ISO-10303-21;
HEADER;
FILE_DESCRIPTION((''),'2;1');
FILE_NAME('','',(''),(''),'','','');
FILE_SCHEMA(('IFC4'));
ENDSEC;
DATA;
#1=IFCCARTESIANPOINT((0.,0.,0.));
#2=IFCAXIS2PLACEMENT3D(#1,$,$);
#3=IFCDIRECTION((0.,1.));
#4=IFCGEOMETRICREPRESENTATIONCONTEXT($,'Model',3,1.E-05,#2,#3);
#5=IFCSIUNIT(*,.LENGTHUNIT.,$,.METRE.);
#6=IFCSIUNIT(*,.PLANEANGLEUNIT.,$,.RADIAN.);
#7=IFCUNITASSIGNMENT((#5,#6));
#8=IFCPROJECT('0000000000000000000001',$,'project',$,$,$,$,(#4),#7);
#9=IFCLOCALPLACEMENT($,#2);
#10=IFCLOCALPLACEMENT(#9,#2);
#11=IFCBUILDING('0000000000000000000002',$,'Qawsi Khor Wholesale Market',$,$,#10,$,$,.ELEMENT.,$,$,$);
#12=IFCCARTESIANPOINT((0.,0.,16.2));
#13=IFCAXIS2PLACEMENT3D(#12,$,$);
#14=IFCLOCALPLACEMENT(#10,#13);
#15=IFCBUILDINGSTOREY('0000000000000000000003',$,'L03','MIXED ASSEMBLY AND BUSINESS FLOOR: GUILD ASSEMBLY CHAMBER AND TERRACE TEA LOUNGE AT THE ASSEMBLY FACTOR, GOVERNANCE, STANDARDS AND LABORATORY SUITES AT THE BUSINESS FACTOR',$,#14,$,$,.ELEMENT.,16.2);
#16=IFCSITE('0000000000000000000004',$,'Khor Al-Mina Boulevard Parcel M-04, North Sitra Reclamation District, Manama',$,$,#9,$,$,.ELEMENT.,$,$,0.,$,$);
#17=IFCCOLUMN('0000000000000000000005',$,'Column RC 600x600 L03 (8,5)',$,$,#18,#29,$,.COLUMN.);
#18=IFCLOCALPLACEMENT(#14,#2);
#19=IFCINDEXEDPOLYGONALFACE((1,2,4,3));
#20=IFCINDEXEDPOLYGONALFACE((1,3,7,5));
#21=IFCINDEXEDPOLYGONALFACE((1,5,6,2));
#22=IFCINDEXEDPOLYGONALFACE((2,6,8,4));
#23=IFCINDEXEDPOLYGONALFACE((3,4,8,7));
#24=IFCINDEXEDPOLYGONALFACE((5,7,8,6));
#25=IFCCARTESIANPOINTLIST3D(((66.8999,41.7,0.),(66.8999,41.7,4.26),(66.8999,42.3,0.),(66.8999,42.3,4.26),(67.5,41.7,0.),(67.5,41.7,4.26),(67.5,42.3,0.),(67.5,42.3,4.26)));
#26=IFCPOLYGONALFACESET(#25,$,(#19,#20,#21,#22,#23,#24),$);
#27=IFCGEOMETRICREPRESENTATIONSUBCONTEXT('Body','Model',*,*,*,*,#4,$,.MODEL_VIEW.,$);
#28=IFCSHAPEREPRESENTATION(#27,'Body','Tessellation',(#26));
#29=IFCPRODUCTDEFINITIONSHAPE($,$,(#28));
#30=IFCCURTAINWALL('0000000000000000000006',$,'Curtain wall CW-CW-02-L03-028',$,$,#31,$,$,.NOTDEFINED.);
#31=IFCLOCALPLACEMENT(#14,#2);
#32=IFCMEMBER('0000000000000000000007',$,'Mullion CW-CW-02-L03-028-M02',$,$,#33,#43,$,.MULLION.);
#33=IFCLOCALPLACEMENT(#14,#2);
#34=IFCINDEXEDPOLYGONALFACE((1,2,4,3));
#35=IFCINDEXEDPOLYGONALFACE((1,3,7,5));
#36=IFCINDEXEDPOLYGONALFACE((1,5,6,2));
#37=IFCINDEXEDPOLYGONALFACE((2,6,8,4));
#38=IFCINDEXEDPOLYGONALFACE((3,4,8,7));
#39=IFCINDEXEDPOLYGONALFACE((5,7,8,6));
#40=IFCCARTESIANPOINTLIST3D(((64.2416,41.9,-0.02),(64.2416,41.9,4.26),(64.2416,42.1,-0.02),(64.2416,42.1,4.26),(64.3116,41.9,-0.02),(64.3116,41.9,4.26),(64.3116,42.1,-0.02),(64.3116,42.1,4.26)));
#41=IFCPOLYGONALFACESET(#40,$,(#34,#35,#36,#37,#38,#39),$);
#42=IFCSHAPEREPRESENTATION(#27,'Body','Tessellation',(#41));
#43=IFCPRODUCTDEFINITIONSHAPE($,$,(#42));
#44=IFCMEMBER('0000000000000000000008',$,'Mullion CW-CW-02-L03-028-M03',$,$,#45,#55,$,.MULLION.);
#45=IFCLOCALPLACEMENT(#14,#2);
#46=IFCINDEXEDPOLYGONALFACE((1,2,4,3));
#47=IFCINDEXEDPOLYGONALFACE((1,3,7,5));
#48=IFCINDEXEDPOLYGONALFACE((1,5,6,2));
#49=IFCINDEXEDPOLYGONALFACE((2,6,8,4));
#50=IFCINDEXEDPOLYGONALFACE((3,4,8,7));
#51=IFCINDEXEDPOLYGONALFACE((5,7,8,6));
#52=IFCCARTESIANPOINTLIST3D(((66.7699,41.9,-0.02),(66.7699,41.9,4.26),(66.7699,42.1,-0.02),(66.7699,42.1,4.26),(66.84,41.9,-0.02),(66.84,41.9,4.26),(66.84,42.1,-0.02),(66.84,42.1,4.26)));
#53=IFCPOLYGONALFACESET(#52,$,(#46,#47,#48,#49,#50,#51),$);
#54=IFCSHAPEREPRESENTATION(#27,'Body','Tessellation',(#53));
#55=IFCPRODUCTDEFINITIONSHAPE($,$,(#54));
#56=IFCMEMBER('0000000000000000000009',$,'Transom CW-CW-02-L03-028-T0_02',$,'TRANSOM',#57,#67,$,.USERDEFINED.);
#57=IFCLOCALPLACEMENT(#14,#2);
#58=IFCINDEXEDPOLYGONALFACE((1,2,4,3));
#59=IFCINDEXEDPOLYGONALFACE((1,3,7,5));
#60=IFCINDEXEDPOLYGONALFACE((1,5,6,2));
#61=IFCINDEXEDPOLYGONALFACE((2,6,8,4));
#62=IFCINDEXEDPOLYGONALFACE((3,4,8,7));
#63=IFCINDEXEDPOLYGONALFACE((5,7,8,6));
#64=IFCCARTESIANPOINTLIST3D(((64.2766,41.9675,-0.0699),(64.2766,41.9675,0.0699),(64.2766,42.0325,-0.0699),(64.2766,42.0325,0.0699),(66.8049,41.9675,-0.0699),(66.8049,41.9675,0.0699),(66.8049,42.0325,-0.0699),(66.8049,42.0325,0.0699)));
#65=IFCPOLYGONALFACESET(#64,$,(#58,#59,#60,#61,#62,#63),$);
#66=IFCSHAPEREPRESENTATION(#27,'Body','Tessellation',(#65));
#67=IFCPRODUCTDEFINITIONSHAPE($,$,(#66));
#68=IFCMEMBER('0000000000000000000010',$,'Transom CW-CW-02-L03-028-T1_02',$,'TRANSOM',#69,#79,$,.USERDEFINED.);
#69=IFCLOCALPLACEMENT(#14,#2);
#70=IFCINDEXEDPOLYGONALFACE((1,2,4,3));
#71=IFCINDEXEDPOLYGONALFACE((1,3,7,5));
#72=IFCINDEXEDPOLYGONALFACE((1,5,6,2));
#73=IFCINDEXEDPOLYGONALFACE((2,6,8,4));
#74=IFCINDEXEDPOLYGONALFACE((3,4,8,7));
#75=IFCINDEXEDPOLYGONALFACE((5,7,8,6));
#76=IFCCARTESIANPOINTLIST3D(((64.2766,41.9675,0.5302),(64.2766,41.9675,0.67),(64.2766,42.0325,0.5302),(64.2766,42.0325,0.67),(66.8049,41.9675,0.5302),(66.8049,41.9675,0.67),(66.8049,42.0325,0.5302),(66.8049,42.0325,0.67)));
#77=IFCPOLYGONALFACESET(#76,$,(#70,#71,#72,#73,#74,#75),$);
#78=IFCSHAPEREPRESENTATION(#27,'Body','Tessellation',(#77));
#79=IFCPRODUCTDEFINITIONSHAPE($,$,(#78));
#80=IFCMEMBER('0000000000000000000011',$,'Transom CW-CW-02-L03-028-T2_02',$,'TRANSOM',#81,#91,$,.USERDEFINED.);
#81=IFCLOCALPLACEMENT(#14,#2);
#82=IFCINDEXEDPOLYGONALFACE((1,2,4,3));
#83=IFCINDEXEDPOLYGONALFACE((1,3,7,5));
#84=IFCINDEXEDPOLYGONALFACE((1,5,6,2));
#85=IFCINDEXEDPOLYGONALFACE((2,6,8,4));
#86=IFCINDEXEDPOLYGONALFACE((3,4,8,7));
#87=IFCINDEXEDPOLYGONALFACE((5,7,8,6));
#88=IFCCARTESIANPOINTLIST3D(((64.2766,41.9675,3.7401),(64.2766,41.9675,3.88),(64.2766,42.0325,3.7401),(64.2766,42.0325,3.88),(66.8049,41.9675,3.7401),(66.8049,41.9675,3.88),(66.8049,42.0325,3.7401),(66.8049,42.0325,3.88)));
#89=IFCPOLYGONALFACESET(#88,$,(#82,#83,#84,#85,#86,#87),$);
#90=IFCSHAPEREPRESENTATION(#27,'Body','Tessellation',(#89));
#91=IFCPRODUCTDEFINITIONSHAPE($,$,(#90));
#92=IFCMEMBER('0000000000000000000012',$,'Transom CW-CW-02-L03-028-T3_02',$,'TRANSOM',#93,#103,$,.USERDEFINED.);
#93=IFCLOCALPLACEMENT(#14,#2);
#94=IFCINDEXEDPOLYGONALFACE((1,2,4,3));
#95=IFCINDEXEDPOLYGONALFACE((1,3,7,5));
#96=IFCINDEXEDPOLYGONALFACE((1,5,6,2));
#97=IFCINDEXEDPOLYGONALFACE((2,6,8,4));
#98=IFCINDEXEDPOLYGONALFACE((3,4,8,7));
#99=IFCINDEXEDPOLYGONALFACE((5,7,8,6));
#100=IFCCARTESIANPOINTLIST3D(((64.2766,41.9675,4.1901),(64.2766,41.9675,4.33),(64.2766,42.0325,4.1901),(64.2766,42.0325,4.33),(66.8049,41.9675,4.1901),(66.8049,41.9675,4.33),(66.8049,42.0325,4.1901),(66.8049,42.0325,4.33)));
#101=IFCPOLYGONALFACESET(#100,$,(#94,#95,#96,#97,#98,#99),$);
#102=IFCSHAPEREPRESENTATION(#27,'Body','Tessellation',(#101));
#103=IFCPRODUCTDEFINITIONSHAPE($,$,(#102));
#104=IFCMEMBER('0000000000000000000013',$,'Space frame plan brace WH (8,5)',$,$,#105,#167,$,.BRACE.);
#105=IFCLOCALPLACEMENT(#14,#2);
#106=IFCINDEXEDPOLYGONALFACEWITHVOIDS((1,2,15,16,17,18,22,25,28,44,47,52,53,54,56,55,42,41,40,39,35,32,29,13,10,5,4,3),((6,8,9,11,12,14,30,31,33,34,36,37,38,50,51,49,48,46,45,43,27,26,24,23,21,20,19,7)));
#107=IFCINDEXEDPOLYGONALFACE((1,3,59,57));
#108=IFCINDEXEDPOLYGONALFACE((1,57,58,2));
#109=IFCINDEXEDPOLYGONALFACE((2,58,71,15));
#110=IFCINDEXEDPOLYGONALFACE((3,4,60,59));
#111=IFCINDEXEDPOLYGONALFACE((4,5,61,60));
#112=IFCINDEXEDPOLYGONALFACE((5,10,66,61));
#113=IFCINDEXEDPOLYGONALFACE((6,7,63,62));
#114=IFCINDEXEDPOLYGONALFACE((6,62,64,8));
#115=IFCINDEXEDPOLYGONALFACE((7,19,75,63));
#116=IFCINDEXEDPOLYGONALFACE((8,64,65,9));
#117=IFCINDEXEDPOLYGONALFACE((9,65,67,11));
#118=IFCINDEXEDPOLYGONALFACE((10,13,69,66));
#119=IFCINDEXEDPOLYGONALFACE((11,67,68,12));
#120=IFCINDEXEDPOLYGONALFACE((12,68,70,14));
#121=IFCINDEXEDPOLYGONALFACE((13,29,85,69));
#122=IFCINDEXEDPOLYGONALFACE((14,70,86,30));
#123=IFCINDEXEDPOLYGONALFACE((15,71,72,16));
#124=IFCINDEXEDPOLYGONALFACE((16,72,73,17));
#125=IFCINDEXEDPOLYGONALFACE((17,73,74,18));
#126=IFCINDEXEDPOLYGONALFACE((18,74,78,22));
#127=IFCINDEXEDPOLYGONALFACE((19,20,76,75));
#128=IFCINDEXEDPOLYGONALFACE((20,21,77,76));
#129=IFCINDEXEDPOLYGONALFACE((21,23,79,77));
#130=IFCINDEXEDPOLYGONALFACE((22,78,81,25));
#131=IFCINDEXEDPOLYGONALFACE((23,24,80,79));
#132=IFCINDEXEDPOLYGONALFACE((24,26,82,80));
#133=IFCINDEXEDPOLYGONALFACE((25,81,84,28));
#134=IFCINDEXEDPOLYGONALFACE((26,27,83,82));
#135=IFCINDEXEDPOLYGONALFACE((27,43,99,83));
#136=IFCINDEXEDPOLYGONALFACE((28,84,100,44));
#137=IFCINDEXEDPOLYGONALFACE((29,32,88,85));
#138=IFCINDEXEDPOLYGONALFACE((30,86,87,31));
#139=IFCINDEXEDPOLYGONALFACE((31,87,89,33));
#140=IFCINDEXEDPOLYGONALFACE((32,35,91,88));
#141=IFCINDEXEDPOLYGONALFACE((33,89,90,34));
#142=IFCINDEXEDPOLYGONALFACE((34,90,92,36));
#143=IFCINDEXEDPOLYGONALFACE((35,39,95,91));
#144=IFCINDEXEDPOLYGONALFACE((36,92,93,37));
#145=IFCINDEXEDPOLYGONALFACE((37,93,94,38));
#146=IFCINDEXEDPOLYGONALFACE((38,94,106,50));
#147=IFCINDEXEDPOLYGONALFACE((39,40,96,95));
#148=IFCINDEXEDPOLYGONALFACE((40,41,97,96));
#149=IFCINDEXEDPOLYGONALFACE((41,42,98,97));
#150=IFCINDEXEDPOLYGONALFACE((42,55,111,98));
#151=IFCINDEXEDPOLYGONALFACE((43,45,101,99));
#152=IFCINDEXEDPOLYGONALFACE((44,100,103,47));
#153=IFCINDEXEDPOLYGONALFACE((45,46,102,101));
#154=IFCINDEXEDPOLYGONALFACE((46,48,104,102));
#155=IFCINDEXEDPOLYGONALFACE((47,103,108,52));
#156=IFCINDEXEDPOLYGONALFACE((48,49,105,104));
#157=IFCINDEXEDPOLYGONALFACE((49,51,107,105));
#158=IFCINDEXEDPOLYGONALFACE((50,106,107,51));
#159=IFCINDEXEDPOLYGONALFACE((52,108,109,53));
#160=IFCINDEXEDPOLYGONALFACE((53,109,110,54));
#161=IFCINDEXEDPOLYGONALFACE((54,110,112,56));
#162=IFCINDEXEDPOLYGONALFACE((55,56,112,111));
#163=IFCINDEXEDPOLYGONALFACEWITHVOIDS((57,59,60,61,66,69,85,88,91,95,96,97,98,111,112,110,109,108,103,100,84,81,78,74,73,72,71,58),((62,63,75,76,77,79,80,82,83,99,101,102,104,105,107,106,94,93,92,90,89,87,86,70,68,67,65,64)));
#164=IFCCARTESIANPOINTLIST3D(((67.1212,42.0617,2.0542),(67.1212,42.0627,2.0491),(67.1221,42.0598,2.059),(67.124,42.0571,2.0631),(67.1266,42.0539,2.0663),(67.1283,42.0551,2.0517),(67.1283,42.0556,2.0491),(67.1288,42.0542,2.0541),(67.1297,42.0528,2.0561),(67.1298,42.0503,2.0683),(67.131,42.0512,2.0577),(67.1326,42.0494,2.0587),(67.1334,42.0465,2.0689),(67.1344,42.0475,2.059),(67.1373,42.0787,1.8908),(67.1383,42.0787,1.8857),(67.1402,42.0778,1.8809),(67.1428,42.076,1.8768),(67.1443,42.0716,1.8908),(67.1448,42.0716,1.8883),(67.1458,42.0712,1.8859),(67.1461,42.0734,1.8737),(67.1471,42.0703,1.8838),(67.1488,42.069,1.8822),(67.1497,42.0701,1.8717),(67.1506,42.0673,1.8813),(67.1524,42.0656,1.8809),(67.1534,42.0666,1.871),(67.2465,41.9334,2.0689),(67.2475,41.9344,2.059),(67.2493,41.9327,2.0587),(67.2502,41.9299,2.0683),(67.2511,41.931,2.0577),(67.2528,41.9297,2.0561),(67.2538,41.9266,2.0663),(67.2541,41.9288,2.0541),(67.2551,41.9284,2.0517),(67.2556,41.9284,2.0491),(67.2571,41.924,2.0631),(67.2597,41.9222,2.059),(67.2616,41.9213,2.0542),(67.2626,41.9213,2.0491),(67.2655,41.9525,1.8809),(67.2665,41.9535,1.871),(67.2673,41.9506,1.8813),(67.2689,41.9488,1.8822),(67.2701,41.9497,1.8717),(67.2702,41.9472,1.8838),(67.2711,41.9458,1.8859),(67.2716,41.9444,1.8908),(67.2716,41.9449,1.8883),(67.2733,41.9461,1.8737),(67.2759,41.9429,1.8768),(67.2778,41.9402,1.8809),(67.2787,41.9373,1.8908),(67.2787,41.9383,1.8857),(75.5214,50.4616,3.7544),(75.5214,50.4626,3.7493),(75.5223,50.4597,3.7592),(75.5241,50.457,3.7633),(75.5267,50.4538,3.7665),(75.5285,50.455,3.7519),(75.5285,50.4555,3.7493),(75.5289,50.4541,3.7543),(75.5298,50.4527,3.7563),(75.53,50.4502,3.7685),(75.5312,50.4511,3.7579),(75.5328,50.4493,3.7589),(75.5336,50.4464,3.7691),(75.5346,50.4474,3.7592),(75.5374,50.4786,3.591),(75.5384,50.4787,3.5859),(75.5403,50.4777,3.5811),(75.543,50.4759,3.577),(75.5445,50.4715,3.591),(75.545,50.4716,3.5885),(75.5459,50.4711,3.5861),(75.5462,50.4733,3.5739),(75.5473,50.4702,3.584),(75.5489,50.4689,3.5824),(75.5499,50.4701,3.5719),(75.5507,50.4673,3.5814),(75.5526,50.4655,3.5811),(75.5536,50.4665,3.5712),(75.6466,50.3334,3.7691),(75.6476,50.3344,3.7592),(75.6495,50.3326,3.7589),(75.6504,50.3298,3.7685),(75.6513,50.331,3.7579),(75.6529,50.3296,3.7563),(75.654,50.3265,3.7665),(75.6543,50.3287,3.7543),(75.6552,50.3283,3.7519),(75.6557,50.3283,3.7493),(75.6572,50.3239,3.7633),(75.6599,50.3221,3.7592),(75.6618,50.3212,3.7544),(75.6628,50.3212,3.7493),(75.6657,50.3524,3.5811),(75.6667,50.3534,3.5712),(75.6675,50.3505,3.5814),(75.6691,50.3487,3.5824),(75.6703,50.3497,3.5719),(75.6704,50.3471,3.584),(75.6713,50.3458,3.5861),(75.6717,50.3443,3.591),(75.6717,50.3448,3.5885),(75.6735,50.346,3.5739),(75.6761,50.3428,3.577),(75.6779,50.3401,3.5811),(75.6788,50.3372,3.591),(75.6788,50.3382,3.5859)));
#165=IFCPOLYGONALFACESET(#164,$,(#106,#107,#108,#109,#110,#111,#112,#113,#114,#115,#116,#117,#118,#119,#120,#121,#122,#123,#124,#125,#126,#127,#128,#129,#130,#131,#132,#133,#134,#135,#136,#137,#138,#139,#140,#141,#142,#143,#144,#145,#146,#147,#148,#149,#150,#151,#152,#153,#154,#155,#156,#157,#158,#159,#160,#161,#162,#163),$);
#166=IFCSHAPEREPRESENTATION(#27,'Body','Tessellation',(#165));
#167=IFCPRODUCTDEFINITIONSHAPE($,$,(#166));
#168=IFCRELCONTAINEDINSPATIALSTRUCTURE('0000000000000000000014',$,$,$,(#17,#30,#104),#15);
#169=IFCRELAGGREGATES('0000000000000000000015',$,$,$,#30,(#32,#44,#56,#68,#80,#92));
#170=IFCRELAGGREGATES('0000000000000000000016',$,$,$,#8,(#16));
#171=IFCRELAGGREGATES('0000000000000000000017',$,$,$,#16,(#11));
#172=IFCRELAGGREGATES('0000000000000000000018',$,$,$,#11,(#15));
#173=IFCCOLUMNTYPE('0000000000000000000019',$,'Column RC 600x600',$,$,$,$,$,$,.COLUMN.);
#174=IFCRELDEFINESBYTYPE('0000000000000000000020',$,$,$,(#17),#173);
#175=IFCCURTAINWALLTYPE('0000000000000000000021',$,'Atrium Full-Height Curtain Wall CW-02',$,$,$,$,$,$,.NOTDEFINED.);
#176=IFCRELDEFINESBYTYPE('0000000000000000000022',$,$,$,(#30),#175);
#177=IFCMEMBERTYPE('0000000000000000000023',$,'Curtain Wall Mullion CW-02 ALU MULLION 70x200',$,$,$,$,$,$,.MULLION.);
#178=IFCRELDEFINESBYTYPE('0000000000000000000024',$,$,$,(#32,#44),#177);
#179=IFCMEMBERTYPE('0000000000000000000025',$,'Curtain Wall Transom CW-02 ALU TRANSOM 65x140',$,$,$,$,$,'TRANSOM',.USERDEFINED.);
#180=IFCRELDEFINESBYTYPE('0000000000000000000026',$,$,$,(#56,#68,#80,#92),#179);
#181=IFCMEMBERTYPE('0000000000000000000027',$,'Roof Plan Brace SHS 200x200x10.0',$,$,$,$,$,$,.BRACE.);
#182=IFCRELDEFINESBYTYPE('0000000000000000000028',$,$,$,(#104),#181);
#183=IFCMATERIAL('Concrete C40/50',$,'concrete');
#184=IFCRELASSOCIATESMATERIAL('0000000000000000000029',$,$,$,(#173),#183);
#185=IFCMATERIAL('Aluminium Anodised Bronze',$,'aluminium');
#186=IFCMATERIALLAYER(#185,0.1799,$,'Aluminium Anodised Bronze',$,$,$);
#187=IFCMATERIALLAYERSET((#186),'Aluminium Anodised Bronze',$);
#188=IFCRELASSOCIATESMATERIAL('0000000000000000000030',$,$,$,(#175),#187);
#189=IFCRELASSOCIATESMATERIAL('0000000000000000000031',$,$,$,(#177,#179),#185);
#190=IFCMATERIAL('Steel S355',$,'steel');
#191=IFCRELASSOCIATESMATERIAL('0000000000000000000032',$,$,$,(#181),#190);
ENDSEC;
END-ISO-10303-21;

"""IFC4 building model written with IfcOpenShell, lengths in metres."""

from ifc_helpers import new_model, si_unit, direction, frame, origin, origin_2d, place, context, subcontext, project, spatial, rectangle, hollow_rectangle, extrude, material, layer, layer_set, material_profile, profile_set, type_object, element, aggregate, save


model = new_model("IFC4")

# Units and contexts
model_context = context("Model", 3, precision=1e-05, world=origin(), true_north=direction((0.0, 1.0)))
body_context = subcontext(model_context, "Body", "Model", "MODEL_VIEW")
ifc_project = project(units=[si_unit("LENGTHUNIT", "METRE"), si_unit("PLANEANGLEUNIT", "RADIAN")], contexts=[model_context])

# Site, building, storey
site_placement = place(None, origin())
site = spatial("IfcSite", under=ifc_project, at=site_placement, Name="Khor Al-Mina Boulevard Parcel M-04, North Sitra Reclamation District, Manama", CompositionType="ELEMENT", RefElevation=0.0)
building_placement = place(site_placement, origin())
building = spatial("IfcBuilding", under=site, at=building_placement, Name="Qawsi Khor Wholesale Market", CompositionType="ELEMENT")
storey_placement = place(building_placement, frame((0.0, 0.0, 16.2)))
storey = spatial("IfcBuildingStorey", under=building, at=storey_placement, Name="L03", Description="MIXED ASSEMBLY AND BUSINESS FLOOR: GUILD ASSEMBLY CHAMBER AND TERRACE TEA LOUNGE AT THE ASSEMBLY FACTOR, GOVERNANCE, STANDARDS AND LABORATORY SUITES AT THE BUSINESS FACTOR", CompositionType="ELEMENT", Elevation=16.2)

# Column
ifc_material_1 = material(Name="Concrete C40/50", Category="concrete")
ifc_material_profile_1 = material_profile(ifc_material_1, rectangle(XDim=0.6001, YDim=0.6001, at=origin_2d()), Name="RC 600x600")
ifc_profile_set_1 = profile_set([ifc_material_profile_1], Name="Concrete C40/50")
column_type = type_object("IfcColumnType", Name="Column RC 600x600", PredefinedType="COLUMN", material=ifc_profile_set_1)
column_placement = place(storey_placement, frame((67.2, 42.0, 0.0), z_axis=(0.0, 0.0, 1.0), x_axis=(1.0, 0.0, 0.0)))
element("IfcColumn", 1, at=column_placement, inside=storey, type_object=column_type, Name="Column RC 600x600 L03 (8,5)", PredefinedType="COLUMN", context=body_context, shape_type="SweptSolid", body=[
    extrude(rectangle(XDim=0.6001, YDim=0.6001, at=origin_2d()), origin(), (0.0, 0.0, 1.0), 4.26),
])

# Curtain wall, members
ifc_material_2 = material(Name="Aluminium Anodised Bronze", Category="aluminium")
ifc_layer_1 = layer(ifc_material_2, 0.1799, Name="Aluminium Anodised Bronze")
ifc_layer_set_1 = layer_set([ifc_layer_1], Name="Aluminium Anodised Bronze")
curtain_wall_type = type_object("IfcCurtainWallType", Name="Atrium Full-Height Curtain Wall CW-02", PredefinedType="NOTDEFINED", material=ifc_layer_set_1)
curtain_wall_placement = place(storey_placement, origin())
curtain_wall = element("IfcCurtainWall", 2, at=curtain_wall_placement, inside=storey, type_object=curtain_wall_type, Name="Curtain wall CW-CW-02-L03-028", PredefinedType="NOTDEFINED")
ifc_material_profile_2 = material_profile(ifc_material_2, rectangle(XDim=0.0701, YDim=0.2, at=origin_2d()), Name="ALU MULLION 70x200")
ifc_profile_set_2 = profile_set([ifc_material_profile_2], Name="Aluminium Anodised Bronze")
member_type_1 = type_object("IfcMemberType", Name="Curtain Wall Mullion CW-02 ALU MULLION 70x200", PredefinedType="MULLION", material=ifc_profile_set_2)
member_1_placement = place(storey_placement, frame((64.2766, 42.0, -0.02), z_axis=(0.0, 0.0, 1.0), x_axis=(1.0, 0.0, 0.0)))
member_1 = element("IfcMember", 3, at=member_1_placement, type_object=member_type_1, Name="Mullion CW-CW-02-L03-028-M02", PredefinedType="MULLION", context=body_context, shape_type="SweptSolid", body=[
    extrude(rectangle(XDim=0.0701, YDim=0.2, at=origin_2d()), origin(), (0.0, 0.0, 1.0), 4.28),
])
member_2_placement = place(storey_placement, frame((66.8049, 42.0, -0.02), z_axis=(0.0, 0.0, 1.0), x_axis=(1.0, 0.0, 0.0)))
member_2 = element("IfcMember", 4, at=member_2_placement, type_object=member_type_1, Name="Mullion CW-CW-02-L03-028-M03", PredefinedType="MULLION", context=body_context, shape_type="SweptSolid", body=[
    extrude(rectangle(XDim=0.0701, YDim=0.2, at=origin_2d()), origin(), (0.0, 0.0, 1.0), 4.28),
])
ifc_material_profile_3 = material_profile(ifc_material_2, rectangle(XDim=0.0649, YDim=0.1399, at=origin_2d()), Name="ALU TRANSOM 65x140")
ifc_profile_set_3 = profile_set([ifc_material_profile_3], Name="Aluminium Anodised Bronze")
member_type_2 = type_object("IfcMemberType", Name="Curtain Wall Transom CW-02 ALU TRANSOM 65x140", ElementType="TRANSOM", PredefinedType="USERDEFINED", material=ifc_profile_set_3)
member_3_placement = place(storey_placement, frame((64.2766, 42.0, 0.0), z_axis=(1.0, 0.0, 0.0), x_axis=(0.0, 1.0, 0.0)))
member_3 = element("IfcMember", 5, at=member_3_placement, type_object=member_type_2, Name="Transom CW-CW-02-L03-028-T0_02", ObjectType="TRANSOM", PredefinedType="USERDEFINED", context=body_context, shape_type="SweptSolid", body=[
    extrude(rectangle(XDim=0.0649, YDim=0.1399, at=origin_2d()), origin(), (0.0, 0.0, 1.0), 2.5283),
])
member_4_placement = place(storey_placement, frame((64.2766, 42.0, 0.6001), z_axis=(1.0, 0.0, 0.0), x_axis=(0.0, 1.0, 0.0)))
member_4 = element("IfcMember", 6, at=member_4_placement, type_object=member_type_2, Name="Transom CW-CW-02-L03-028-T1_02", ObjectType="TRANSOM", PredefinedType="USERDEFINED", context=body_context, shape_type="SweptSolid", body=[
    extrude(rectangle(XDim=0.0649, YDim=0.1399, at=origin_2d()), origin(), (0.0, 0.0, 1.0), 2.5283),
])
member_5_placement = place(storey_placement, frame((64.2766, 42.0, 3.8101), z_axis=(1.0, 0.0, 0.0), x_axis=(0.0, 1.0, 0.0)))
member_5 = element("IfcMember", 7, at=member_5_placement, type_object=member_type_2, Name="Transom CW-CW-02-L03-028-T2_02", ObjectType="TRANSOM", PredefinedType="USERDEFINED", context=body_context, shape_type="SweptSolid", body=[
    extrude(rectangle(XDim=0.0649, YDim=0.1399, at=origin_2d()), origin(), (0.0, 0.0, 1.0), 2.5283),
])
member_6_placement = place(storey_placement, frame((64.2766, 42.0, 4.26), z_axis=(1.0, 0.0, 0.0), x_axis=(0.0, 1.0, 0.0)))
member_6 = element("IfcMember", 8, at=member_6_placement, type_object=member_type_2, Name="Transom CW-CW-02-L03-028-T3_02", ObjectType="TRANSOM", PredefinedType="USERDEFINED", context=body_context, shape_type="SweptSolid", body=[
    extrude(rectangle(XDim=0.0649, YDim=0.1399, at=origin_2d()), origin(), (0.0, 0.0, 1.0), 2.5283),
])

# Member
ifc_material_3 = material(Name="Steel S355", Category="steel")
ifc_material_profile_4 = material_profile(ifc_material_3, hollow_rectangle(XDim=0.2, YDim=0.2, WallThickness=0.01, InnerFilletRadius=0.01, OuterFilletRadius=0.02, at=origin_2d()), Name="SHS 200x200x10.0")
ifc_profile_set_4 = profile_set([ifc_material_profile_4], Name="Steel S355")
member_type_3 = type_object("IfcMemberType", Name="Roof Plan Brace SHS 200x200x10.0", PredefinedType="BRACE", material=ifc_profile_set_4)
member_7_placement = place(storey_placement, frame((67.2, 42.0, 1.97), z_axis=(0.699984, 0.699964, 0.141677), x_axis=(-0.707097, 0.707117, 0.0)))
element("IfcMember", 9, at=member_7_placement, inside=storey, type_object=member_type_3, Name="Space frame plan brace WH (8,5)", PredefinedType="BRACE", context=body_context, shape_type="SweptSolid", body=[
    extrude(hollow_rectangle(XDim=0.2, YDim=0.2, WallThickness=0.01, InnerFilletRadius=0.01, OuterFilletRadius=0.02, at=origin_2d()), origin(), (0.0, 0.0, 1.0), 12.0005),
])

aggregate(curtain_wall, [member_1, member_2, member_3, member_4, member_5, member_6])

save(model, "model.ifc")
